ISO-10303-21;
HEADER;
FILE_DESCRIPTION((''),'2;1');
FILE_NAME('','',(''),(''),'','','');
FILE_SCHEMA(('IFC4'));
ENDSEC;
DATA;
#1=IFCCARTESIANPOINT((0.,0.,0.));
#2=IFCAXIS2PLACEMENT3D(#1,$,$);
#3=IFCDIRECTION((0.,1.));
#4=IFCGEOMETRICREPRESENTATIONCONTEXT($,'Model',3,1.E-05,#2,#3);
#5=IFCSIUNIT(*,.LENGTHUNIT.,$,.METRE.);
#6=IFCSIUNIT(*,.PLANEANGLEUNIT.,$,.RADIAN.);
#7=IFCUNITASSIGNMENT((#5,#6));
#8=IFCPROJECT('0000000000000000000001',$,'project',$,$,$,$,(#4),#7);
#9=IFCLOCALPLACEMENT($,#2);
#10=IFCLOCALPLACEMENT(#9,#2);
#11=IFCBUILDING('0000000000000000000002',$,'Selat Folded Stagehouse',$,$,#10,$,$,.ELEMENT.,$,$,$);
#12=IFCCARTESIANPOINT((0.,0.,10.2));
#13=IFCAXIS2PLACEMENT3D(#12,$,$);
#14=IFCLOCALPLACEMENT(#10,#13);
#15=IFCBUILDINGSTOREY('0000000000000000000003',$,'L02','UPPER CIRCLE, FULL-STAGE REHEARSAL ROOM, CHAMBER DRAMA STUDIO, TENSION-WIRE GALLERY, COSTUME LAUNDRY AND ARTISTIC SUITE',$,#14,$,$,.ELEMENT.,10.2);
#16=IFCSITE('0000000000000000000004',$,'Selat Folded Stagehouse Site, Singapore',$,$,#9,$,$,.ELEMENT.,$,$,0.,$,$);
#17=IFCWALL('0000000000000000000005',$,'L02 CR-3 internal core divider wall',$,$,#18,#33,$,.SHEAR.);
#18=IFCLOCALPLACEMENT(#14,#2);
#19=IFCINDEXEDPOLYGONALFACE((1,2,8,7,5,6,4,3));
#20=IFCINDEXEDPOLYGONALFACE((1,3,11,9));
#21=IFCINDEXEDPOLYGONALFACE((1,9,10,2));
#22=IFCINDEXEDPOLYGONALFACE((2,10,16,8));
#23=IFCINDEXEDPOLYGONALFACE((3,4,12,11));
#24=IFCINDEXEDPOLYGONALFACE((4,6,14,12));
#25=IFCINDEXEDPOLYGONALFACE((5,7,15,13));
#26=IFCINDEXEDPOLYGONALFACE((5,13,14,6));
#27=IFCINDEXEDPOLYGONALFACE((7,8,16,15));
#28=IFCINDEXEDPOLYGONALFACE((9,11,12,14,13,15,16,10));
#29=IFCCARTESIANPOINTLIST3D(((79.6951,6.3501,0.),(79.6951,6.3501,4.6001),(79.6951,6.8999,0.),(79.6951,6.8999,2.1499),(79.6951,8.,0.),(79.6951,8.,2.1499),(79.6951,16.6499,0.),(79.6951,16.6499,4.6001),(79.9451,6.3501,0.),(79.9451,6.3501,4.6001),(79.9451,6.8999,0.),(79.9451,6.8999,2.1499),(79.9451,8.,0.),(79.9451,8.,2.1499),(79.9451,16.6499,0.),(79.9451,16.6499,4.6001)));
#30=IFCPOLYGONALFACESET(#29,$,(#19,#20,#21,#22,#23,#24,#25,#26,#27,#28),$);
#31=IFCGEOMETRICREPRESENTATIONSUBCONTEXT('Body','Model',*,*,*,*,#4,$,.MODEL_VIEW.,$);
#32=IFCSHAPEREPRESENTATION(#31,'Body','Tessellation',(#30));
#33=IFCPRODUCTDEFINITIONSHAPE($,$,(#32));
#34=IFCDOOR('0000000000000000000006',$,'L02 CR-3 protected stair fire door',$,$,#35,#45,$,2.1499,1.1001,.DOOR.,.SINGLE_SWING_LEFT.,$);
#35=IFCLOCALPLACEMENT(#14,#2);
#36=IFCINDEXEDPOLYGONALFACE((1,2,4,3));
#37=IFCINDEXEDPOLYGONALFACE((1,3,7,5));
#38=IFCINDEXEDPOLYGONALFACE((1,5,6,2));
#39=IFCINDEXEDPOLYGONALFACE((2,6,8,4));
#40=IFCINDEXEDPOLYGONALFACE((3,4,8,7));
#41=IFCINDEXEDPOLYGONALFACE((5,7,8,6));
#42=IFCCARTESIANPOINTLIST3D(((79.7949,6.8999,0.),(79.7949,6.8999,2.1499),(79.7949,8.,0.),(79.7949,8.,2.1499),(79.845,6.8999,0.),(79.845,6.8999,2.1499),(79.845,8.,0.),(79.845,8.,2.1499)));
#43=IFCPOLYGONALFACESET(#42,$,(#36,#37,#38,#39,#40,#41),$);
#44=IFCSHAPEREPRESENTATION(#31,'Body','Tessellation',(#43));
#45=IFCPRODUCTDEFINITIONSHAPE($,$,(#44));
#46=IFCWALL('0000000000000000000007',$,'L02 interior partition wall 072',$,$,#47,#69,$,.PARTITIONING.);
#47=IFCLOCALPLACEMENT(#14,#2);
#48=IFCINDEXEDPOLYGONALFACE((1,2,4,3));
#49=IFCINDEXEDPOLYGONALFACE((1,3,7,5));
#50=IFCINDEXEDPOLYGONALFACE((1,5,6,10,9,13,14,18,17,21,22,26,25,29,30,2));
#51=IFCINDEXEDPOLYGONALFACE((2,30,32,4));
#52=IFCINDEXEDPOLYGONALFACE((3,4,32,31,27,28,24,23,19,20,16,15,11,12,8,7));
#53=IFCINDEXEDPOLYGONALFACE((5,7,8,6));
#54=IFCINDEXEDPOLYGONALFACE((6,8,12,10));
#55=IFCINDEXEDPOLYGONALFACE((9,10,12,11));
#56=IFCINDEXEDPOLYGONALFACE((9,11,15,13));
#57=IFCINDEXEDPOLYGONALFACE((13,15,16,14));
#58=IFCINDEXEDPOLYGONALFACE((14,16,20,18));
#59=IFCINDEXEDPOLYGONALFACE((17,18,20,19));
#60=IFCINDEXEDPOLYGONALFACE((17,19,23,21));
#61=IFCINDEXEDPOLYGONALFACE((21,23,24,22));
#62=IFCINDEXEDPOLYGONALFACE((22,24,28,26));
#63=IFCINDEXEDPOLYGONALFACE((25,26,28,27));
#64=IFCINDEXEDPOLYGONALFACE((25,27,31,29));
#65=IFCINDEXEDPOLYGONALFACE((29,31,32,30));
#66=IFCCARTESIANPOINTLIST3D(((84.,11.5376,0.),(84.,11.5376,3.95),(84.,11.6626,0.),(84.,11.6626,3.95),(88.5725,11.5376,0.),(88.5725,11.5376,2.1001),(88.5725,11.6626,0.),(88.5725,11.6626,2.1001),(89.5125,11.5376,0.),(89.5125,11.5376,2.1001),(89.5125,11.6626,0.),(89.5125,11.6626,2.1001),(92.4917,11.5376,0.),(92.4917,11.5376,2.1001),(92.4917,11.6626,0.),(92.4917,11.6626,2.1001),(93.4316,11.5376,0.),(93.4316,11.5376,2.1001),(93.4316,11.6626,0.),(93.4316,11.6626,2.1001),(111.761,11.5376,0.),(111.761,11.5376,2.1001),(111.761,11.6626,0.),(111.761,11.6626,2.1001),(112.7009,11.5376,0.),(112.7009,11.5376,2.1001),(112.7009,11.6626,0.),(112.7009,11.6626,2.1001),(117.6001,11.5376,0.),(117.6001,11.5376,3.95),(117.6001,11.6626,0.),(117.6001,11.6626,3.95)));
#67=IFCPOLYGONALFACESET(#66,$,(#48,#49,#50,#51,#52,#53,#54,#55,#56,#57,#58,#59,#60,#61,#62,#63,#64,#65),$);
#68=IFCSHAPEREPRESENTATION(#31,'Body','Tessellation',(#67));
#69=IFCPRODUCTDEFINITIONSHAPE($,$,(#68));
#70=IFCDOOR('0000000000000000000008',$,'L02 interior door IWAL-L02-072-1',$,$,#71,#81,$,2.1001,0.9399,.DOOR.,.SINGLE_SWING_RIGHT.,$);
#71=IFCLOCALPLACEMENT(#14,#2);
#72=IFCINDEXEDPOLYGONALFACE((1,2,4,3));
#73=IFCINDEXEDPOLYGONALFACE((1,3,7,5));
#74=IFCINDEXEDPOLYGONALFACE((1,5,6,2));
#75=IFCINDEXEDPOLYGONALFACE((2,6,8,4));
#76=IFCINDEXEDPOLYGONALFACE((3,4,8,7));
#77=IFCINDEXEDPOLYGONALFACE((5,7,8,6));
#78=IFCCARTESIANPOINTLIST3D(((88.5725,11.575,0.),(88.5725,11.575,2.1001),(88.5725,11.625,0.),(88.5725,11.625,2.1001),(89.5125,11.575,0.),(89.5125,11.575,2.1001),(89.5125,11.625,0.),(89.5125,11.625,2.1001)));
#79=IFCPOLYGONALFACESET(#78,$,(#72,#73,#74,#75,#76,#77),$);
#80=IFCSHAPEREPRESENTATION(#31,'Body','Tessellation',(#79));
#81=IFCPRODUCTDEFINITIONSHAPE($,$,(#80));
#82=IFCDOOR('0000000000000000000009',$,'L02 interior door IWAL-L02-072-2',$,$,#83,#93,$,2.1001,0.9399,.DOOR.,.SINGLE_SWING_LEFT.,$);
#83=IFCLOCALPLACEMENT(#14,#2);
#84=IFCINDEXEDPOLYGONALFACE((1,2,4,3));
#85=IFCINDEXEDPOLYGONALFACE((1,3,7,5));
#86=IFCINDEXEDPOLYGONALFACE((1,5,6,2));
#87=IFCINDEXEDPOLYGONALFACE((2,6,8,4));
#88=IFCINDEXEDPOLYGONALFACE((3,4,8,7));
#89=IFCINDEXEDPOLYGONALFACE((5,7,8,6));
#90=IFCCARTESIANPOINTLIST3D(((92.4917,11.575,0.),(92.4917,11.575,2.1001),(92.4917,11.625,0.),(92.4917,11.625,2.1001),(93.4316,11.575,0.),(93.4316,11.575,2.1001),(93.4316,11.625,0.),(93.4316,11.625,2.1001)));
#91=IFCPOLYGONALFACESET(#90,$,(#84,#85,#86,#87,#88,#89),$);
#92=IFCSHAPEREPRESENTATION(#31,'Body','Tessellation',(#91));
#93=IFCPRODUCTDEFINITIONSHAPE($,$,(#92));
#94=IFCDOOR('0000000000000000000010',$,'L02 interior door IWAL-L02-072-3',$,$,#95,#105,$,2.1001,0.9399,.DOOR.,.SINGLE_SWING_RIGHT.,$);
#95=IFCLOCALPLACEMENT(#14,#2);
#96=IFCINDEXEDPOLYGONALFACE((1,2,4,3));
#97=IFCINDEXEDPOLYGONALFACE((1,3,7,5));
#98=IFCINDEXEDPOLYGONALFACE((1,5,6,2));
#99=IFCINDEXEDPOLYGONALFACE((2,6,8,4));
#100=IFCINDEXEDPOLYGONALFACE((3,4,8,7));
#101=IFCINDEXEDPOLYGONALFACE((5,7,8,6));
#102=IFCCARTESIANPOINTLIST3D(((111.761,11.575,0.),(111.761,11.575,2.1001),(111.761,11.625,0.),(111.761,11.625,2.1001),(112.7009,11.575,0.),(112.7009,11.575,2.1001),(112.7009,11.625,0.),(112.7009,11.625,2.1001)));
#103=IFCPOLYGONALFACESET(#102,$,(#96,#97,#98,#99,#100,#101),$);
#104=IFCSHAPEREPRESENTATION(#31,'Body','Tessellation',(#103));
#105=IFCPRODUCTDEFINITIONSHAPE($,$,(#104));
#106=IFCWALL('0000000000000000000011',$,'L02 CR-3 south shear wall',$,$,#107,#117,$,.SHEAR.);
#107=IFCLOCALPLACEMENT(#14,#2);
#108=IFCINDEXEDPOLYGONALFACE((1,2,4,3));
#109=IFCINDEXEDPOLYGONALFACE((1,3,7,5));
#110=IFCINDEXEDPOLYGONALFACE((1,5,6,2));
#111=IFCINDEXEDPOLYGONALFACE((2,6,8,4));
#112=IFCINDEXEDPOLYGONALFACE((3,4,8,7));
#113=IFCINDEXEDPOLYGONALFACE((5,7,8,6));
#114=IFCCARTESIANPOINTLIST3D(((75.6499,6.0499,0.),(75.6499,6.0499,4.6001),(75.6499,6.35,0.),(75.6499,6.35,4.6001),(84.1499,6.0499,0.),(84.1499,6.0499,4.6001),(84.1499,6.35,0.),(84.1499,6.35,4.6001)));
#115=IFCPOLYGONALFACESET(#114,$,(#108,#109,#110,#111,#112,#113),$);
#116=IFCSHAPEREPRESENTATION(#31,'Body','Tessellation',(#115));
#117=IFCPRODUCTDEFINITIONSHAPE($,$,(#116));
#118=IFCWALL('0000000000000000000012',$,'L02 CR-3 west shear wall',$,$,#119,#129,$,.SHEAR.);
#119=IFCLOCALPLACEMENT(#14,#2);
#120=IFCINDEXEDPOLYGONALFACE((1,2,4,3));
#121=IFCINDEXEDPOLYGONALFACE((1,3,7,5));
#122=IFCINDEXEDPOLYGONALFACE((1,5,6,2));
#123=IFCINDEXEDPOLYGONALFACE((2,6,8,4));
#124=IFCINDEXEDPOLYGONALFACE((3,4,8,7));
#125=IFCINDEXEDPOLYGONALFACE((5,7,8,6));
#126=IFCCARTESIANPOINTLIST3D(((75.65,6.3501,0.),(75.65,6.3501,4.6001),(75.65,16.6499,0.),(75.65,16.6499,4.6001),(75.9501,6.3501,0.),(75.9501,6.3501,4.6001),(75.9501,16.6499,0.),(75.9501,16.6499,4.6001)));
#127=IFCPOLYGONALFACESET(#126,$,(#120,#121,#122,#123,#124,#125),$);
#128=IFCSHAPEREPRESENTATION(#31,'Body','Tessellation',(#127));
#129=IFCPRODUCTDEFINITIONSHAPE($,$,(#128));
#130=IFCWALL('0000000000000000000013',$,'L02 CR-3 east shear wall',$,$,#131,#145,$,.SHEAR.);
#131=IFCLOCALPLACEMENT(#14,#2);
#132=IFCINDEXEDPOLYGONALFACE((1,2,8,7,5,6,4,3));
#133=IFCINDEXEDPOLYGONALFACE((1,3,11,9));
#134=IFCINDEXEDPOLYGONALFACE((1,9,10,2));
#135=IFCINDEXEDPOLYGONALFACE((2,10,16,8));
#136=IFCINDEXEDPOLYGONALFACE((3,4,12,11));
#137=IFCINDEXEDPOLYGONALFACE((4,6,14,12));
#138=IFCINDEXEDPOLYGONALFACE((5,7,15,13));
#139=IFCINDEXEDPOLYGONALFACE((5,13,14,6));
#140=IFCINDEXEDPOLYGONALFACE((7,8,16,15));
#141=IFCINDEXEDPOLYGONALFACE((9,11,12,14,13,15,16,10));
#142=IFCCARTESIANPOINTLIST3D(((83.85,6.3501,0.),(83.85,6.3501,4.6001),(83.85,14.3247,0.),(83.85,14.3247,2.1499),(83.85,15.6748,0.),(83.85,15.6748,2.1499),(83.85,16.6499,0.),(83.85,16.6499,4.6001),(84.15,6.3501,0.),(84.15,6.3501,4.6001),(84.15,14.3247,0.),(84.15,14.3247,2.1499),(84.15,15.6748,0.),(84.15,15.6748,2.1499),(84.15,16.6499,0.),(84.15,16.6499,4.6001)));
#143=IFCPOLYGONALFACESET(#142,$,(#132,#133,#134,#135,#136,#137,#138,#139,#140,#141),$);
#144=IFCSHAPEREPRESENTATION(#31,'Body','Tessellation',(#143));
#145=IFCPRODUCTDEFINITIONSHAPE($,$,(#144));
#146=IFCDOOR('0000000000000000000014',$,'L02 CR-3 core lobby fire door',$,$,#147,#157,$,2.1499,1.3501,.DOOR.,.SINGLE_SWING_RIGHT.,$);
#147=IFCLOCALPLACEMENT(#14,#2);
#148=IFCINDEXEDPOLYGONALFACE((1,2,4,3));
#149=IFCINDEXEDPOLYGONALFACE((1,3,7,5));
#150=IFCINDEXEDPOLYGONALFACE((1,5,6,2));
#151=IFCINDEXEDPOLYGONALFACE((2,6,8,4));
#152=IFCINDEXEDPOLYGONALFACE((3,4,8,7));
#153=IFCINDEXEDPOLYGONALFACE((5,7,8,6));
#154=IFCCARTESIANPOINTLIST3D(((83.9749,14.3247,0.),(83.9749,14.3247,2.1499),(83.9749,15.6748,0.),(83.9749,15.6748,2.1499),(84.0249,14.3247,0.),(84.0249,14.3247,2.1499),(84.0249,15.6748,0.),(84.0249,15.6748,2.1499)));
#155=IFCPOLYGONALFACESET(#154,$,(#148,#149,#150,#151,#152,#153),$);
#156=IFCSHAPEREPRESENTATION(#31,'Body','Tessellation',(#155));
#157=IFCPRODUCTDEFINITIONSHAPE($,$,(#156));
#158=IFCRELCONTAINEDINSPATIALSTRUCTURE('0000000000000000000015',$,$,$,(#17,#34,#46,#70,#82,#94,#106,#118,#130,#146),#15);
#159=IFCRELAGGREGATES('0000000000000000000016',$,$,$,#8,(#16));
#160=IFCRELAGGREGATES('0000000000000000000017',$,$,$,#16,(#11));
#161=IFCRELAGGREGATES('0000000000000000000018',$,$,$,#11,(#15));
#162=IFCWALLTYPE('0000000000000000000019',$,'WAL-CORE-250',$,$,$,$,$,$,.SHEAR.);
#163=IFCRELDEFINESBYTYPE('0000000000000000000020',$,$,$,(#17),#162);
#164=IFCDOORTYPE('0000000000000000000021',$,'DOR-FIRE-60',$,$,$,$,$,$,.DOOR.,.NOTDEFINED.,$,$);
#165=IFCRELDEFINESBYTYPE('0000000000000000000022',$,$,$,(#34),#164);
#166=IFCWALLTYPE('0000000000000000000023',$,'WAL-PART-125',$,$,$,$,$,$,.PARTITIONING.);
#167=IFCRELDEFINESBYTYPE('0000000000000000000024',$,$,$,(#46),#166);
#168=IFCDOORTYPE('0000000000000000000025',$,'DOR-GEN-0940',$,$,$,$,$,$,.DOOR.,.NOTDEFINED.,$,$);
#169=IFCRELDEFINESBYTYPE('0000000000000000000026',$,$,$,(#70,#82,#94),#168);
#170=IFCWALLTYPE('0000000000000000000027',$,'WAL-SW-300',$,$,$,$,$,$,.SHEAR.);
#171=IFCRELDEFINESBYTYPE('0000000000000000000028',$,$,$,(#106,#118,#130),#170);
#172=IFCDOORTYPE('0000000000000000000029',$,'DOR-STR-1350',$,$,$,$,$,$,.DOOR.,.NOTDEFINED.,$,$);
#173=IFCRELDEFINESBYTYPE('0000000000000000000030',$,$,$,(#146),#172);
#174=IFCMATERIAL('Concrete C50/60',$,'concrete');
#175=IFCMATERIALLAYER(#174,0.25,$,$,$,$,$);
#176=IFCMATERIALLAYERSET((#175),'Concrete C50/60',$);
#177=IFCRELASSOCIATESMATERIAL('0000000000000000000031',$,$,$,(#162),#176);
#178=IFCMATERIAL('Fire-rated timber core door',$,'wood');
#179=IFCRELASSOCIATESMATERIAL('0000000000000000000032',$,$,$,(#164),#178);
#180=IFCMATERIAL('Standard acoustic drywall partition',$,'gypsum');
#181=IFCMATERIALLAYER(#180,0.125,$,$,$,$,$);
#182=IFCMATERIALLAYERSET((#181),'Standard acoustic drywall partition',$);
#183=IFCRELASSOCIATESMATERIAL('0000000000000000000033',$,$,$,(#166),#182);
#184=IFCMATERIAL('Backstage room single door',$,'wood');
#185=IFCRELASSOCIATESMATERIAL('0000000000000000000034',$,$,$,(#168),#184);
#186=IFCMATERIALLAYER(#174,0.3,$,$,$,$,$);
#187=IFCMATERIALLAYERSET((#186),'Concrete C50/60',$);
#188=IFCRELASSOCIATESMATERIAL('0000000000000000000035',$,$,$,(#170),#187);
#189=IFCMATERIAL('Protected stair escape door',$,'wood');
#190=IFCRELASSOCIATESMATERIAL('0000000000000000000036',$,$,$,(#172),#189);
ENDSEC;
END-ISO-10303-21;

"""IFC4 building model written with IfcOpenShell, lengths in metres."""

from ifc_helpers import new_model, si_unit, direction, frame, frame_2d, origin, place, context, subcontext, project, spatial, rectangle, extrude, material, layer, layer_set, type_object, element, fill, save


model = new_model("IFC4")

# Units and contexts
model_context = context("Model", 3, precision=1e-05, world=origin(), true_north=direction((0.0, 1.0)))
body_context = subcontext(model_context, "Body", "Model", "MODEL_VIEW")
ifc_project = project(units=[si_unit("LENGTHUNIT", "METRE"), si_unit("PLANEANGLEUNIT", "RADIAN")], contexts=[model_context])

# Site, building, storey
site_placement = place(None, origin())
site = spatial("IfcSite", under=ifc_project, at=site_placement, Name="Selat Folded Stagehouse Site, Singapore", CompositionType="ELEMENT", RefElevation=0.0)
building_placement = place(site_placement, origin())
building = spatial("IfcBuilding", under=site, at=building_placement, Name="Selat Folded Stagehouse", CompositionType="ELEMENT")
storey_placement = place(building_placement, frame((0.0, 0.0, 10.2)))
storey = spatial("IfcBuildingStorey", under=building, at=storey_placement, Name="L02", Description="UPPER CIRCLE, FULL-STAGE REHEARSAL ROOM, CHAMBER DRAMA STUDIO, TENSION-WIRE GALLERY, COSTUME LAUNDRY AND ARTISTIC SUITE", CompositionType="ELEMENT", Elevation=10.2)

# Wall, opening, door
ifc_material_1 = material(Name="Concrete C50/60", Category="concrete")
ifc_layer_1 = layer(ifc_material_1, 0.25)
ifc_layer_set_1 = layer_set([ifc_layer_1], Name="Concrete C50/60")
wall_type_1 = type_object("IfcWallType", Name="WAL-CORE-250", PredefinedType="SHEAR", material=ifc_layer_set_1)
wall_1_placement = place(storey_placement, frame((79.8201, 16.6499, 0.0), z_axis=(0.0, 0.0, 1.0), x_axis=(0.0, -1.0, 0.0)))
wall_1 = element("IfcWall", 1, at=wall_1_placement, inside=storey, type_object=wall_type_1, Name="L02 CR-3 internal core divider wall", PredefinedType="SHEAR", context=body_context, shape_type="SweptSolid", body=[
    extrude(rectangle(XDim=10.2998, YDim=0.25, at=frame_2d((5.1499, 0.0))), origin(), (0.0, 0.0, 1.0), 4.6001),
])
opening_1_placement = place(wall_1_placement, frame((8.6499, 0.0, 0.0)))
opening_1 = element("IfcOpeningElement", 2, at=opening_1_placement, cuts=wall_1, PredefinedType="OPENING", context=body_context, shape_type="SweptSolid", body=[
    extrude(rectangle(XDim=1.1001, YDim=2.1499, at=frame_2d((0.55, 1.075))), frame((0.0, 0.135, 0.0), z_axis=(0.0, -1.0, 0.0), x_axis=(1.0, 0.0, 0.0)), (0.0, 0.0, 1.0), 0.27),
])
ifc_material_2 = material(Name="Fire-rated timber core door", Category="wood")
door_type_1 = type_object("IfcDoorType", Name="DOR-FIRE-60", OperationType="NOTDEFINED", PredefinedType="DOOR", material=ifc_material_2)
door_1_placement = place(opening_1_placement, origin())
door_1 = element("IfcDoor", 3, at=door_1_placement, inside=storey, type_object=door_type_1, Name="L02 CR-3 protected stair fire door", OperationType="SINGLE_SWING_LEFT", OverallHeight=2.1499, OverallWidth=1.1001, PredefinedType="DOOR", context=body_context, shape_type="SweptSolid", body=[
    extrude(rectangle(XDim=1.1001, YDim=2.1499, at=frame_2d((0.55, 1.075))), frame((0.0, 0.0249, 0.0), z_axis=(0.0, -1.0, 0.0), x_axis=(1.0, 0.0, 0.0)), (0.0, 0.0, 1.0), 0.05),
])
fill(opening_1, door_1)

# Wall, openings, doors
ifc_material_3 = material(Name="Standard acoustic drywall partition", Category="gypsum")
ifc_layer_2 = layer(ifc_material_3, 0.125)
ifc_layer_set_2 = layer_set([ifc_layer_2], Name="Standard acoustic drywall partition")
wall_type_2 = type_object("IfcWallType", Name="WAL-PART-125", PredefinedType="PARTITIONING", material=ifc_layer_set_2)
wall_2_placement = place(storey_placement, frame((84.0, 11.6001, 0.0), z_axis=(0.0, 0.0, 1.0), x_axis=(1.0, 0.0, 0.0)))
wall_2 = element("IfcWall", 4, at=wall_2_placement, inside=storey, type_object=wall_type_2, Name="L02 interior partition wall 072", PredefinedType="PARTITIONING", context=body_context, shape_type="SweptSolid", body=[
    extrude(rectangle(XDim=33.6001, YDim=0.125, at=frame_2d((16.8, 0.0))), origin(), (0.0, 0.0, 1.0), 3.95),
])
opening_2_placement = place(wall_2_placement, frame((4.5725, 0.0, 0.0)))
opening_2 = element("IfcOpeningElement", 5, at=opening_2_placement, cuts=wall_2, PredefinedType="OPENING", context=body_context, shape_type="SweptSolid", body=[
    extrude(rectangle(XDim=0.9399, YDim=2.1001, at=frame_2d((0.47, 1.05))), frame((0.0, 0.0725, 0.0), z_axis=(0.0, -1.0, 0.0), x_axis=(1.0, 0.0, 0.0)), (0.0, 0.0, 1.0), 0.145),
])
opening_3_placement = place(wall_2_placement, frame((8.4917, 0.0, 0.0)))
opening_3 = element("IfcOpeningElement", 6, at=opening_3_placement, cuts=wall_2, PredefinedType="OPENING", context=body_context, shape_type="SweptSolid", body=[
    extrude(rectangle(XDim=0.9399, YDim=2.1001, at=frame_2d((0.47, 1.05))), frame((0.0, 0.0725, 0.0), z_axis=(0.0, -1.0, 0.0), x_axis=(1.0, 0.0, 0.0)), (0.0, 0.0, 1.0), 0.145),
])
opening_4_placement = place(wall_2_placement, frame((27.761, 0.0, 0.0)))
opening_4 = element("IfcOpeningElement", 7, at=opening_4_placement, cuts=wall_2, PredefinedType="OPENING", context=body_context, shape_type="SweptSolid", body=[
    extrude(rectangle(XDim=0.9399, YDim=2.1001, at=frame_2d((0.47, 1.05))), frame((0.0, 0.0725, 0.0), z_axis=(0.0, -1.0, 0.0), x_axis=(1.0, 0.0, 0.0)), (0.0, 0.0, 1.0), 0.145),
])
ifc_material_4 = material(Name="Backstage room single door", Category="wood")
door_type_2 = type_object("IfcDoorType", Name="DOR-GEN-0940", OperationType="NOTDEFINED", PredefinedType="DOOR", material=ifc_material_4)
door_2_placement = place(opening_2_placement, origin())
door_2 = element("IfcDoor", 8, at=door_2_placement, inside=storey, type_object=door_type_2, Name="L02 interior door IWAL-L02-072-1", OperationType="SINGLE_SWING_RIGHT", OverallHeight=2.1001, OverallWidth=0.9399, PredefinedType="DOOR", context=body_context, shape_type="SweptSolid", body=[
    extrude(rectangle(XDim=0.9399, YDim=2.1001, at=frame_2d((0.47, 1.05))), frame((0.0, 0.0249, 0.0), z_axis=(0.0, -1.0, 0.0), x_axis=(1.0, 0.0, 0.0)), (0.0, 0.0, 1.0), 0.05),
])
fill(opening_2, door_2)
door_3_placement = place(opening_3_placement, origin())
door_3 = element("IfcDoor", 9, at=door_3_placement, inside=storey, type_object=door_type_2, Name="L02 interior door IWAL-L02-072-2", OperationType="SINGLE_SWING_LEFT", OverallHeight=2.1001, OverallWidth=0.9399, PredefinedType="DOOR", context=body_context, shape_type="SweptSolid", body=[
    extrude(rectangle(XDim=0.9399, YDim=2.1001, at=frame_2d((0.47, 1.05))), frame((0.0, 0.0249, 0.0), z_axis=(0.0, -1.0, 0.0), x_axis=(1.0, 0.0, 0.0)), (0.0, 0.0, 1.0), 0.05),
])
fill(opening_3, door_3)
door_4_placement = place(opening_4_placement, origin())
door_4 = element("IfcDoor", 10, at=door_4_placement, inside=storey, type_object=door_type_2, Name="L02 interior door IWAL-L02-072-3", OperationType="SINGLE_SWING_RIGHT", OverallHeight=2.1001, OverallWidth=0.9399, PredefinedType="DOOR", context=body_context, shape_type="SweptSolid", body=[
    extrude(rectangle(XDim=0.9399, YDim=2.1001, at=frame_2d((0.47, 1.05))), frame((0.0, 0.0249, 0.0), z_axis=(0.0, -1.0, 0.0), x_axis=(1.0, 0.0, 0.0)), (0.0, 0.0, 1.0), 0.05),
])
fill(opening_4, door_4)

# Walls
ifc_layer_3 = layer(ifc_material_1, 0.3)
ifc_layer_set_3 = layer_set([ifc_layer_3], Name="Concrete C50/60")
wall_type_3 = type_object("IfcWallType", Name="WAL-SW-300", PredefinedType="SHEAR", material=ifc_layer_set_3)
wall_3_placement = place(storey_placement, frame((84.1499, 6.2, 0.0), z_axis=(0.0, 0.0, 1.0), x_axis=(-1.0, 0.0, 0.0)))
element("IfcWall", 11, at=wall_3_placement, inside=storey, type_object=wall_type_3, Name="L02 CR-3 south shear wall", PredefinedType="SHEAR", context=body_context, shape_type="SweptSolid", body=[
    extrude(rectangle(XDim=8.5, YDim=0.3, at=frame_2d((4.25, 0.0))), origin(), (0.0, 0.0, 1.0), 4.6001),
])
wall_4_placement = place(storey_placement, frame((75.8, 6.3501, 0.0), z_axis=(0.0, 0.0, 1.0), x_axis=(0.0, 1.0, 0.0)))
element("IfcWall", 12, at=wall_4_placement, inside=storey, type_object=wall_type_3, Name="L02 CR-3 west shear wall", PredefinedType="SHEAR", context=body_context, shape_type="SweptSolid", body=[
    extrude(rectangle(XDim=10.2998, YDim=0.3, at=frame_2d((5.1499, 0.0))), origin(), (0.0, 0.0, 1.0), 4.6001),
])

# Wall, opening, door
wall_5_placement = place(storey_placement, frame((84.0, 16.6499, 0.0), z_axis=(0.0, 0.0, 1.0), x_axis=(0.0, -1.0, 0.0)))
wall_5 = element("IfcWall", 13, at=wall_5_placement, inside=storey, type_object=wall_type_3, Name="L02 CR-3 east shear wall", PredefinedType="SHEAR", context=body_context, shape_type="SweptSolid", body=[
    extrude(rectangle(XDim=10.2998, YDim=0.3, at=frame_2d((5.1499, 0.0))), origin(), (0.0, 0.0, 1.0), 4.6001),
])
opening_5_placement = place(wall_5_placement, frame((0.9751, 0.0, 0.0)))
opening_5 = element("IfcOpeningElement", 14, at=opening_5_placement, cuts=wall_5, PredefinedType="OPENING", context=body_context, shape_type="SweptSolid", body=[
    extrude(rectangle(XDim=1.3501, YDim=2.1499, at=frame_2d((0.675, 1.075))), frame((0.0, 0.1599, 0.0), z_axis=(0.0, -1.0, 0.0), x_axis=(1.0, 0.0, 0.0)), (0.0, 0.0, 1.0), 0.3201),
])
ifc_material_5 = material(Name="Protected stair escape door", Category="wood")
door_type_3 = type_object("IfcDoorType", Name="DOR-STR-1350", OperationType="NOTDEFINED", PredefinedType="DOOR", material=ifc_material_5)
door_5_placement = place(opening_5_placement, origin())
door_5 = element("IfcDoor", 15, at=door_5_placement, inside=storey, type_object=door_type_3, Name="L02 CR-3 core lobby fire door", OperationType="SINGLE_SWING_RIGHT", OverallHeight=2.1499, OverallWidth=1.3501, PredefinedType="DOOR", context=body_context, shape_type="SweptSolid", body=[
    extrude(rectangle(XDim=1.3501, YDim=2.1499, at=frame_2d((0.675, 1.075))), frame((0.0, 0.0249, 0.0), z_axis=(0.0, -1.0, 0.0), x_axis=(1.0, 0.0, 0.0)), (0.0, 0.0, 1.0), 0.05),
])
fill(opening_5, door_5)

save(model, "model.ifc")
